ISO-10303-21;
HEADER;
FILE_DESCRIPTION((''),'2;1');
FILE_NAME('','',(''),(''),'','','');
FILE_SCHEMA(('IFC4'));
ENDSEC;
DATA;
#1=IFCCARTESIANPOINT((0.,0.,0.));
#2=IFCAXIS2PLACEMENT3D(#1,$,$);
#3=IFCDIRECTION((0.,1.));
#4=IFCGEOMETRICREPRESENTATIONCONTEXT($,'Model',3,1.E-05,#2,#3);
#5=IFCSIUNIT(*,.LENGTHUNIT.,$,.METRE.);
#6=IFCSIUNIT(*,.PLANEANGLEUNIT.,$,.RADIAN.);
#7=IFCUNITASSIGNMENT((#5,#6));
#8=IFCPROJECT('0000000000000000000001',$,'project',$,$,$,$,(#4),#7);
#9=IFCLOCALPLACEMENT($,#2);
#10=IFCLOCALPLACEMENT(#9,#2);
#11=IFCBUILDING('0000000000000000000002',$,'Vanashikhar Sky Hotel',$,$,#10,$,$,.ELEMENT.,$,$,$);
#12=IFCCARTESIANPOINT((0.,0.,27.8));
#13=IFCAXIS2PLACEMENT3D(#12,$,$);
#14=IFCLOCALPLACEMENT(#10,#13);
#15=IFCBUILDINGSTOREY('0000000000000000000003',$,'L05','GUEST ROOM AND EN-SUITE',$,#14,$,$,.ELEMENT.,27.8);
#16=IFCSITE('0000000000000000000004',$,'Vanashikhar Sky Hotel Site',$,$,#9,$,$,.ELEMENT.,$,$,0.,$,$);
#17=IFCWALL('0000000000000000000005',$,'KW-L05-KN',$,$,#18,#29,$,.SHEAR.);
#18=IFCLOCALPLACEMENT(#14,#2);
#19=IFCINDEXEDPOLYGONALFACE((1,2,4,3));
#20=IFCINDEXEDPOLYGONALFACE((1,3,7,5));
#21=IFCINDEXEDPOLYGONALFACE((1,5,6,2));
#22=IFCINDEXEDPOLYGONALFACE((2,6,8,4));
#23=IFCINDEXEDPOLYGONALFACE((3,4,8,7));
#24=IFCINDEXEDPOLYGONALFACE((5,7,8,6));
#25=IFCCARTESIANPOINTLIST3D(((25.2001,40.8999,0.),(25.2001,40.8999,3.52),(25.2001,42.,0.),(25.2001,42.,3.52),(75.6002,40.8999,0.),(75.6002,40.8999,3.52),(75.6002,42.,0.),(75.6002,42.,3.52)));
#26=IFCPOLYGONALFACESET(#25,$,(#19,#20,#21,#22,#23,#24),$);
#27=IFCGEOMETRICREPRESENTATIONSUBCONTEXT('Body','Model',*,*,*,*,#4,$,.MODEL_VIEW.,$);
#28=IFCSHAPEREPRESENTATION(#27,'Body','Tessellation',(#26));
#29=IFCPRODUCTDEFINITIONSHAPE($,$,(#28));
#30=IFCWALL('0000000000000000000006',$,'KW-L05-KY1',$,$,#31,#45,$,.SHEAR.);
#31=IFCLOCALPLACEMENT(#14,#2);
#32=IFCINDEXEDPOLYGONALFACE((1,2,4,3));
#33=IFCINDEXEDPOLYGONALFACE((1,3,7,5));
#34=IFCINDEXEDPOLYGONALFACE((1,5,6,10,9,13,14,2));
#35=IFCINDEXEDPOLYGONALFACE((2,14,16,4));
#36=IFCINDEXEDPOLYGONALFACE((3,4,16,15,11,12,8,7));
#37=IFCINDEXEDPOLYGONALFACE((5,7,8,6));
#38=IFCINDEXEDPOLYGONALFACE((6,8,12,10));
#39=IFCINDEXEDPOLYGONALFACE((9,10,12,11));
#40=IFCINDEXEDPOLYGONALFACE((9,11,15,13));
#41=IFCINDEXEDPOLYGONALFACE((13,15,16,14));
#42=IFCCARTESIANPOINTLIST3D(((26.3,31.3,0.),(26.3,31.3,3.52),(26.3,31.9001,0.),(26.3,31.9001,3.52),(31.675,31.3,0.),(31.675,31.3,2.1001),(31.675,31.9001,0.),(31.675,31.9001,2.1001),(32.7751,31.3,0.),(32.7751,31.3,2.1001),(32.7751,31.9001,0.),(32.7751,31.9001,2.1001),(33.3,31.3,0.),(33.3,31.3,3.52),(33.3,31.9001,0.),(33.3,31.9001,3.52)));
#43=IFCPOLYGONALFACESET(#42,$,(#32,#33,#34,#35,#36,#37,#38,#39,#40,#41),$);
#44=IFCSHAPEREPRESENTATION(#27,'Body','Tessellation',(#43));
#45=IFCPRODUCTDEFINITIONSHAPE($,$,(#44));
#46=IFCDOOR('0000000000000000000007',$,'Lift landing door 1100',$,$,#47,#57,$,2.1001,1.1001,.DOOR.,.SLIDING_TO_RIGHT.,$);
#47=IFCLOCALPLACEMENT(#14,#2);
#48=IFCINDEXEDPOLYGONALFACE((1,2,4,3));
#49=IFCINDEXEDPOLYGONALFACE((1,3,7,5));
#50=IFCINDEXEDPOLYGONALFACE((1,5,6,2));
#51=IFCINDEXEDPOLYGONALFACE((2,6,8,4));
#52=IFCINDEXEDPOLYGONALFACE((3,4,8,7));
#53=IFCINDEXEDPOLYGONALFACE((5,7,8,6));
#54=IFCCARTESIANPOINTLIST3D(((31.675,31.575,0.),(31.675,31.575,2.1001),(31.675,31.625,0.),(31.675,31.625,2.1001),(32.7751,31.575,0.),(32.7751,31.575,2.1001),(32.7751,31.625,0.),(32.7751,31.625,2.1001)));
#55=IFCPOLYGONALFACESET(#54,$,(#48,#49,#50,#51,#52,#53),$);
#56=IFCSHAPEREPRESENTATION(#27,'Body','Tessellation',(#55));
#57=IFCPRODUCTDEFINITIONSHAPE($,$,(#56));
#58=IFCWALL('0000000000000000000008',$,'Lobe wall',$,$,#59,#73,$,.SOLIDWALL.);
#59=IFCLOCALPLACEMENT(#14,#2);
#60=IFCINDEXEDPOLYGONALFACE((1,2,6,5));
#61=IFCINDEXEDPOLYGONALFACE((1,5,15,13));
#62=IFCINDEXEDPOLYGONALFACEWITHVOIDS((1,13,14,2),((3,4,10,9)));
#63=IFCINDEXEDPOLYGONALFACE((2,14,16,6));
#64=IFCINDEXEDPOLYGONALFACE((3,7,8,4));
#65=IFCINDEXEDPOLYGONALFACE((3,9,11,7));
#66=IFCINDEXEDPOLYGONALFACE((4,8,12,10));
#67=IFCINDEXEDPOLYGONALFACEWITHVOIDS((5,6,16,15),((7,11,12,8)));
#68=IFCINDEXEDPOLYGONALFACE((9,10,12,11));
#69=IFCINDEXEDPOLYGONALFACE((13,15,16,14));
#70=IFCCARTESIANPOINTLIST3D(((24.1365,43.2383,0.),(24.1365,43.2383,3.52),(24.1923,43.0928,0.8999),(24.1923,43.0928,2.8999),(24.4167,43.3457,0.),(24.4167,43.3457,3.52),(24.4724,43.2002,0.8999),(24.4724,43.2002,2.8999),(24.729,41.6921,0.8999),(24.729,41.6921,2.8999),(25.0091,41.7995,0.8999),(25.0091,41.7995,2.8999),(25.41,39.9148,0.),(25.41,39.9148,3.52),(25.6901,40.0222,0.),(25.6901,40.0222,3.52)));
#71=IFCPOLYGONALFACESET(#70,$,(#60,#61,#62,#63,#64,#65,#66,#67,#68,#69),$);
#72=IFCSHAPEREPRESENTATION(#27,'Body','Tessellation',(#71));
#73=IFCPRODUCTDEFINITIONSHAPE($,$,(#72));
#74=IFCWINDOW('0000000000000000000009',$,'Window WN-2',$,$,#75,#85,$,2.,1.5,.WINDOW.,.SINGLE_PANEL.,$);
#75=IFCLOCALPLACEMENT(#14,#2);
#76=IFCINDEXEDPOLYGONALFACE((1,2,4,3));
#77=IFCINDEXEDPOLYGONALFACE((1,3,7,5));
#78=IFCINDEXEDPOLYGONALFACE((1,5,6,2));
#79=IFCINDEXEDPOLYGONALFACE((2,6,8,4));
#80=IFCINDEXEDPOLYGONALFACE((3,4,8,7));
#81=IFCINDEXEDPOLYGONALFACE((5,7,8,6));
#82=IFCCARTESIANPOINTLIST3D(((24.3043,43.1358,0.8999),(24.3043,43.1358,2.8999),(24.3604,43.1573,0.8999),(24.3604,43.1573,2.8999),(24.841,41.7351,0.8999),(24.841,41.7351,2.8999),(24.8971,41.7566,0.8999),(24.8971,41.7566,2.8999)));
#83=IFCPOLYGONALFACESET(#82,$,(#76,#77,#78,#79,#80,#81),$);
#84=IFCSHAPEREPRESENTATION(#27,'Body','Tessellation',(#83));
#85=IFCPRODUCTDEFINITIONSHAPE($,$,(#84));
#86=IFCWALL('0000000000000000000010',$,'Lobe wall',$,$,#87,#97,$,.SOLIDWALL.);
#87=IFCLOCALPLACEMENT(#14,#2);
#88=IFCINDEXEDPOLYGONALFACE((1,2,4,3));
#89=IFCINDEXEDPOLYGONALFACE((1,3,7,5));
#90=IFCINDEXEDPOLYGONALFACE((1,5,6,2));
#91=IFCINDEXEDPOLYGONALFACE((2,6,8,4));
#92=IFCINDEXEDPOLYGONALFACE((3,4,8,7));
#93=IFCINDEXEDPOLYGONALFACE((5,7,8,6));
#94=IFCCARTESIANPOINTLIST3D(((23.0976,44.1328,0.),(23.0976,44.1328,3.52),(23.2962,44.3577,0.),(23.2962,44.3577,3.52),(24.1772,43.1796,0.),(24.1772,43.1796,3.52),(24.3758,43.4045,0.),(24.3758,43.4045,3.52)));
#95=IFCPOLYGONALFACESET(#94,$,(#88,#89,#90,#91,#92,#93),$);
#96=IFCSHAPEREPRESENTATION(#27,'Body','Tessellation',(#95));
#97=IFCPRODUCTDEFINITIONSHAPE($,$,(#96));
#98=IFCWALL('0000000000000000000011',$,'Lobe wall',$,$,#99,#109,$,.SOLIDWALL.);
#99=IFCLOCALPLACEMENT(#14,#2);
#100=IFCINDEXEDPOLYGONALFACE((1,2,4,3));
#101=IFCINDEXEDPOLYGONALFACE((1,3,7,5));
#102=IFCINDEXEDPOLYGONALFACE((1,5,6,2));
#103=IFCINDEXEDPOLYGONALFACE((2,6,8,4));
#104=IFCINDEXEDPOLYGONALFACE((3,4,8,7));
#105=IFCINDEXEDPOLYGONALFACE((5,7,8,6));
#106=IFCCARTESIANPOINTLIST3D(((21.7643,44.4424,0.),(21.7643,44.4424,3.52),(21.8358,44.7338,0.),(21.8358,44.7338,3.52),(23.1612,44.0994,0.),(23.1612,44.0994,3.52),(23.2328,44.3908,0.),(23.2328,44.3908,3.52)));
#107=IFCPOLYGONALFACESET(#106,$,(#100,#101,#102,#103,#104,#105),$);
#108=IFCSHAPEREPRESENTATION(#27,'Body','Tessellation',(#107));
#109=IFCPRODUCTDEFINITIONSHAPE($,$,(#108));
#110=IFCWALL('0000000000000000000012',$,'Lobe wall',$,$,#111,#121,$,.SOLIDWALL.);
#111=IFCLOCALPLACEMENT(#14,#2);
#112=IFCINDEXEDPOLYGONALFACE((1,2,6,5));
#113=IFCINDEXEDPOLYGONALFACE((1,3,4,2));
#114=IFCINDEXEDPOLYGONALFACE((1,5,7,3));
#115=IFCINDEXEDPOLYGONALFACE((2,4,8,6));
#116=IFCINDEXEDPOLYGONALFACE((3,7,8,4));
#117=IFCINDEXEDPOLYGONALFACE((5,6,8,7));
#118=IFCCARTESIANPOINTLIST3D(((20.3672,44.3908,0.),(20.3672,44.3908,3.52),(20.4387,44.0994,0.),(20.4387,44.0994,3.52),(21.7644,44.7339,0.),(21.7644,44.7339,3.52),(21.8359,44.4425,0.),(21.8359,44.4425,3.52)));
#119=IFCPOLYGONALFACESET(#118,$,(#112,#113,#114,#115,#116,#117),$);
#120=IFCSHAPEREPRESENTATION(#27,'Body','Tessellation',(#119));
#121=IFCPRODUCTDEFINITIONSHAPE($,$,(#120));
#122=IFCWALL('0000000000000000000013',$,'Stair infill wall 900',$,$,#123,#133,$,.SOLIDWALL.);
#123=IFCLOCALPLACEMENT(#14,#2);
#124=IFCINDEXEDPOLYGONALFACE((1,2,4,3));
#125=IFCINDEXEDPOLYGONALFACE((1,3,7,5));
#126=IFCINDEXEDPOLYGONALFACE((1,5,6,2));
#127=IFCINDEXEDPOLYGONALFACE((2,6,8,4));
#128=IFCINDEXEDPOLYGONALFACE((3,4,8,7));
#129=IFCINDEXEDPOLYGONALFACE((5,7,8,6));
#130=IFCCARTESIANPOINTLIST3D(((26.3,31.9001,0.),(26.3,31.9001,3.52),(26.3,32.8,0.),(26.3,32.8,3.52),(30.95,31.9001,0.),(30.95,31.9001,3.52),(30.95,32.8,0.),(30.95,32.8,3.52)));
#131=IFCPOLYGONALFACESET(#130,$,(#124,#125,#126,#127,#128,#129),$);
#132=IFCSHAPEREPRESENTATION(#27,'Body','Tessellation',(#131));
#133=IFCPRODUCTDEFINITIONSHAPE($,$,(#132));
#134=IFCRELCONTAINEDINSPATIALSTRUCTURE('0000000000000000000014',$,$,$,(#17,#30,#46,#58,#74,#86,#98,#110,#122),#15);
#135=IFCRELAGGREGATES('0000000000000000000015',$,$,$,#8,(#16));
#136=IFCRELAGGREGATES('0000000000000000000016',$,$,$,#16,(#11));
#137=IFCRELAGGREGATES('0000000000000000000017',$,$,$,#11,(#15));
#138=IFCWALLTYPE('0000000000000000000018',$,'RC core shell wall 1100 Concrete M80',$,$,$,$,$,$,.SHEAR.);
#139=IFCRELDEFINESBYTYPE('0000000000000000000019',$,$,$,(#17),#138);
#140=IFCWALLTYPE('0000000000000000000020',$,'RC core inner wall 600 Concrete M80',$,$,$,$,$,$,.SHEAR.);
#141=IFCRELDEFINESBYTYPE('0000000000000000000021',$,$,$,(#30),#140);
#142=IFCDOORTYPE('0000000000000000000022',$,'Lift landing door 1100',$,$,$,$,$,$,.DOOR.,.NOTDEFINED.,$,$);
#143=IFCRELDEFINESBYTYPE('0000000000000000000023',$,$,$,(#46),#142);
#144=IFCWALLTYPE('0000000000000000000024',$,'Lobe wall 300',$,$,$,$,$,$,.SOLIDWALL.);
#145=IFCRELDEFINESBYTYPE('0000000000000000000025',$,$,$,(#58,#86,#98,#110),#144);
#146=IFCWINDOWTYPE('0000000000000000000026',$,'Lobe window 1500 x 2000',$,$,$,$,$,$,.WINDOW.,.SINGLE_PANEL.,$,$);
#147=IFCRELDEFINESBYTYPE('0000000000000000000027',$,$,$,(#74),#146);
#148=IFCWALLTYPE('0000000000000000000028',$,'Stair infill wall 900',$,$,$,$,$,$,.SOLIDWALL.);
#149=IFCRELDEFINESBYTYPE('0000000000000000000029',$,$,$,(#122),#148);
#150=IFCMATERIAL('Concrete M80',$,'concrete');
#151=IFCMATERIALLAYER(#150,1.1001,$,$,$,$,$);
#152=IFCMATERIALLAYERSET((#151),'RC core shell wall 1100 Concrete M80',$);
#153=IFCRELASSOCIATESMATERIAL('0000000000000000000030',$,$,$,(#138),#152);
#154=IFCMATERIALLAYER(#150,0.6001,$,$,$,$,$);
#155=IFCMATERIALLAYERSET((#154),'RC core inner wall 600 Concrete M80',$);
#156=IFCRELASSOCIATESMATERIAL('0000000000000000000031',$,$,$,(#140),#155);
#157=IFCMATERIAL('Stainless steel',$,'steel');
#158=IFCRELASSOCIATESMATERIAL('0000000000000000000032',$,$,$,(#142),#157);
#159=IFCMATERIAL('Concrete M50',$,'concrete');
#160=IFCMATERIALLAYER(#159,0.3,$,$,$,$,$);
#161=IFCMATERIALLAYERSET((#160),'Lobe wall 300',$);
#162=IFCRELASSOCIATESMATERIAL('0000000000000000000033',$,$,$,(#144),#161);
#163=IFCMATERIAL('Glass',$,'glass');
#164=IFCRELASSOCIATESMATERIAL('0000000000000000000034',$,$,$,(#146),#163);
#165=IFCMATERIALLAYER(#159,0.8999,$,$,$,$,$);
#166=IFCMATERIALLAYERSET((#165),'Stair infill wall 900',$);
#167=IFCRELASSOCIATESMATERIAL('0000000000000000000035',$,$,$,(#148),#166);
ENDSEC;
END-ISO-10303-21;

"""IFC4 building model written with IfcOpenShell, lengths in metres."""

from ifc_helpers import new_model, si_unit, direction, frame, frame_2d, origin, place, context, subcontext, project, spatial, rectangle, extrude, source, transform, mapped, material, layer, layer_set, type_object, element, fill, save


model = new_model("IFC4")

# Units and contexts
model_context = context("Model", 3, precision=1e-05, world=origin(), true_north=direction((0.0, 1.0)))
body_context = subcontext(model_context, "Body", "Model", "MODEL_VIEW")
ifc_project = project(units=[si_unit("LENGTHUNIT", "METRE"), si_unit("PLANEANGLEUNIT", "RADIAN")], contexts=[model_context])

# Site, building, storey
site_placement = place(None, origin())
site = spatial("IfcSite", under=ifc_project, at=site_placement, Name="Vanashikhar Sky Hotel Site", CompositionType="ELEMENT", RefElevation=0.0)
building_placement = place(site_placement, origin())
building = spatial("IfcBuilding", under=site, at=building_placement, Name="Vanashikhar Sky Hotel", CompositionType="ELEMENT")
storey_placement = place(building_placement, frame((0.0, 0.0, 27.8)))
storey = spatial("IfcBuildingStorey", under=building, at=storey_placement, Name="L05", Description="GUEST ROOM AND EN-SUITE", CompositionType="ELEMENT", Elevation=27.8)

# Wall
ifc_material_1 = material(Name="Concrete M80", Category="concrete")
ifc_layer_1 = layer(ifc_material_1, 1.1001)
ifc_layer_set_1 = layer_set([ifc_layer_1], Name="RC core shell wall 1100 Concrete M80")
wall_type_1 = type_object("IfcWallType", Name="RC core shell wall 1100 Concrete M80", PredefinedType="SHEAR", material=ifc_layer_set_1)
shared_shape_1 = source(origin(), body_context, "Body", "SweptSolid", [
    extrude(rectangle(XDim=50.4001, YDim=1.1001, at=frame_2d((25.2002, 0.0))), origin(), (0.0, 0.0, 1.0), 3.52),
])
wall_1_placement = place(storey_placement, frame((25.2, 41.45, 0.0), z_axis=(0.0, 0.0, 1.0), x_axis=(1.0, 0.0, 0.0)))
element("IfcWall", 1, at=wall_1_placement, inside=storey, type_object=wall_type_1, Name="KW-L05-KN", PredefinedType="SHEAR", context=body_context, shape_type="MappedRepresentation", body=[
    mapped(shared_shape_1, transform((0.0, 0.0, 0.0), scale=1.0)),
])

# Wall, opening, door
ifc_layer_2 = layer(ifc_material_1, 0.6001)
ifc_layer_set_2 = layer_set([ifc_layer_2], Name="RC core inner wall 600 Concrete M80")
wall_type_2 = type_object("IfcWallType", Name="RC core inner wall 600 Concrete M80", PredefinedType="SHEAR", material=ifc_layer_set_2)
shared_shape_2 = source(origin(), body_context, "Body", "SweptSolid", [
    extrude(rectangle(XDim=7.0, YDim=0.6001, at=frame_2d((3.5, 0.0))), origin(), (0.0, 0.0, 1.0), 3.52),
])
wall_2_placement = place(storey_placement, frame((26.3, 31.6001, 0.0), z_axis=(0.0, 0.0, 1.0), x_axis=(1.0, 0.0, 0.0)))
wall_2 = element("IfcWall", 2, at=wall_2_placement, inside=storey, type_object=wall_type_2, Name="KW-L05-KY1", PredefinedType="SHEAR", context=body_context, shape_type="MappedRepresentation", body=[
    mapped(shared_shape_2, transform((0.0, 0.0, 0.0), scale=1.0)),
])
shared_shape_3 = source(origin(), body_context, "Body", "SweptSolid", [
    extrude(rectangle(XDim=1.1001, YDim=2.1001, at=frame_2d((0.55, 1.05))), frame((0.0, 0.3101, 0.0), z_axis=(0.0, -1.0, 0.0), x_axis=(1.0, 0.0, 0.0)), (0.0, 0.0, 1.0), 0.6201),
])
opening_1_placement = place(wall_2_placement, frame((5.375, 0.0, 0.0)))
opening_1 = element("IfcOpeningElement", 3, at=opening_1_placement, cuts=wall_2, PredefinedType="OPENING", context=body_context, shape_type="MappedRepresentation", body=[
    mapped(shared_shape_3, transform((0.0, 0.0, 0.0), scale=1.0)),
])
ifc_material_2 = material(Name="Stainless steel", Category="steel")
door_type = type_object("IfcDoorType", Name="Lift landing door 1100", OperationType="NOTDEFINED", PredefinedType="DOOR", material=ifc_material_2)
shared_shape_4 = source(origin(), body_context, "Body", "SweptSolid", [
    extrude(rectangle(XDim=1.1001, YDim=2.1001, at=frame_2d((0.55, 1.05))), frame((0.0, 0.0249, 0.0), z_axis=(0.0, -1.0, 0.0), x_axis=(1.0, 0.0, 0.0)), (0.0, 0.0, 1.0), 0.05),
])
door_placement = place(opening_1_placement, origin())
door = element("IfcDoor", 4, at=door_placement, inside=storey, type_object=door_type, Name="Lift landing door 1100", OperationType="SLIDING_TO_RIGHT", OverallHeight=2.1001, OverallWidth=1.1001, PredefinedType="DOOR", context=body_context, shape_type="MappedRepresentation", body=[
    mapped(shared_shape_4, transform((0.0, 0.0, 0.0), scale=1.0)),
])
fill(opening_1, door)

# Wall, opening, window
ifc_material_3 = material(Name="Concrete M50", Category="concrete")
ifc_layer_3 = layer(ifc_material_3, 0.3)
ifc_layer_set_3 = layer_set([ifc_layer_3], Name="Lobe wall 300")
wall_type_3 = type_object("IfcWallType", Name="Lobe wall 300", PredefinedType="SOLIDWALL", material=ifc_layer_set_3)
shared_shape_5 = source(origin(), body_context, "Body", "SweptSolid", [
    extrude(rectangle(XDim=3.5591, YDim=0.3, at=frame_2d((1.7795, 0.0))), origin(), (0.0, 0.0, 1.0), 3.52),
])
wall_3_placement = place(storey_placement, frame((25.55, 39.9685, 0.0), z_axis=(0.0, 0.0, 1.0), x_axis=(-0.357797, 0.933799, 0.0)))
wall_3 = element("IfcWall", 5, at=wall_3_placement, inside=storey, type_object=wall_type_3, Name="Lobe wall", PredefinedType="SOLIDWALL", context=body_context, shape_type="MappedRepresentation", body=[
    mapped(shared_shape_5, transform((0.0, 0.0, 0.0), scale=1.0)),
])
shared_shape_6 = source(origin(), body_context, "Body", "SweptSolid", [
    extrude(rectangle(XDim=1.5, YDim=2.0, at=frame_2d((0.75, 1.0))), frame((0.0, 0.1602, 0.0), z_axis=(0.0, -1.0, 0.0), x_axis=(1.0, 0.0, 0.0)), (0.0, 0.0, 1.0), 0.3201),
])
opening_2_placement = place(wall_3_placement, frame((1.9033, 0.0, 0.8999)))
opening_2 = element("IfcOpeningElement", 6, at=opening_2_placement, cuts=wall_3, PredefinedType="OPENING", context=body_context, shape_type="MappedRepresentation", body=[
    mapped(shared_shape_6, transform((0.0, 0.0, 0.0), scale=1.0)),
])
ifc_material_4 = material(Name="Glass", Category="glass")
window_type = type_object("IfcWindowType", Name="Lobe window 1500 x 2000", PartitioningType="SINGLE_PANEL", PredefinedType="WINDOW", material=ifc_material_4)
shared_shape_7 = source(origin(), body_context, "Body", "SweptSolid", [
    extrude(rectangle(XDim=1.5, YDim=2.0, at=frame_2d((0.75, 1.0))), frame((0.0, 0.03, 0.0), z_axis=(0.0, -1.0, 0.0), x_axis=(1.0, 0.0, 0.0)), (0.0, 0.0, 1.0), 0.0601),
])
window_placement = place(opening_2_placement, origin())
window = element("IfcWindow", 7, at=window_placement, inside=storey, type_object=window_type, Name="Window WN-2", OverallHeight=2.0, OverallWidth=1.5, PartitioningType="SINGLE_PANEL", PredefinedType="WINDOW", context=body_context, shape_type="MappedRepresentation", body=[
    mapped(shared_shape_7, transform((0.0, 0.0, 0.0), scale=1.0)),
])
fill(opening_2, window)

# Walls
shared_shape_8 = source(origin(), body_context, "Body", "SweptSolid", [
    extrude(rectangle(XDim=1.4402, YDim=0.3, at=frame_2d((0.7202, 0.0))), origin(), (0.0, 0.0, 1.0), 3.52),
])
wall_4_placement = place(storey_placement, frame((24.2766, 43.292, 0.0), z_axis=(0.0, 0.0, 1.0), x_axis=(-0.74965, 0.661835, 0.0)))
element("IfcWall", 8, at=wall_4_placement, inside=storey, type_object=wall_type_3, Name="Lobe wall", PredefinedType="SOLIDWALL", context=body_context, shape_type="MappedRepresentation", body=[
    mapped(shared_shape_8, transform((0.0, 0.0, 0.0), scale=1.0)),
])
shared_shape_9 = source(origin(), body_context, "Body", "SweptSolid", [
    extrude(rectangle(XDim=1.4385, YDim=0.3, at=frame_2d((0.7192, 0.0))), origin(), (0.0, 0.0, 1.0), 3.52),
])
wall_5_placement = place(storey_placement, frame((23.197, 44.2451, 0.0), z_axis=(0.0, 0.0, 1.0), x_axis=(-0.971152, 0.23846, 0.0)))
element("IfcWall", 9, at=wall_5_placement, inside=storey, type_object=wall_type_3, Name="Lobe wall", PredefinedType="SOLIDWALL", context=body_context, shape_type="MappedRepresentation", body=[
    mapped(shared_shape_9, transform((0.0, 0.0, 0.0), scale=1.0)),
])
shared_shape_10 = source(origin(), body_context, "Body", "SweptSolid", [
    extrude(rectangle(XDim=1.4387, YDim=0.3, at=frame_2d((0.7192, 0.0))), origin(), (0.0, 0.0, 1.0), 3.52),
])
wall_6_placement = place(storey_placement, frame((21.8, 44.5881, 0.0), z_axis=(0.0, 0.0, 1.0), x_axis=(-0.971162, -0.238421, 0.0)))
element("IfcWall", 10, at=wall_6_placement, inside=storey, type_object=wall_type_3, Name="Lobe wall", PredefinedType="SOLIDWALL", context=body_context, shape_type="MappedRepresentation", body=[
    mapped(shared_shape_10, transform((0.0, 0.0, 0.0), scale=1.0)),
])
ifc_layer_4 = layer(ifc_material_3, 0.8999)
ifc_layer_set_4 = layer_set([ifc_layer_4], Name="Stair infill wall 900")
wall_type_4 = type_object("IfcWallType", Name="Stair infill wall 900", PredefinedType="SOLIDWALL", material=ifc_layer_set_4)
shared_shape_11 = source(origin(), body_context, "Body", "SweptSolid", [
    extrude(rectangle(XDim=4.6499, YDim=0.8999, at=frame_2d((2.325, 0.0))), origin(), (0.0, 0.0, 1.0), 3.52),
])
wall_7_placement = place(storey_placement, frame((26.3, 32.3501, 0.0), z_axis=(0.0, 0.0, 1.0), x_axis=(1.0, 0.0, 0.0)))
element("IfcWall", 11, at=wall_7_placement, inside=storey, type_object=wall_type_4, Name="Stair infill wall 900", PredefinedType="SOLIDWALL", context=body_context, shape_type="MappedRepresentation", body=[
    mapped(shared_shape_11, transform((0.0, 0.0, 0.0), scale=1.0)),
])

save(model, "model.ifc")
